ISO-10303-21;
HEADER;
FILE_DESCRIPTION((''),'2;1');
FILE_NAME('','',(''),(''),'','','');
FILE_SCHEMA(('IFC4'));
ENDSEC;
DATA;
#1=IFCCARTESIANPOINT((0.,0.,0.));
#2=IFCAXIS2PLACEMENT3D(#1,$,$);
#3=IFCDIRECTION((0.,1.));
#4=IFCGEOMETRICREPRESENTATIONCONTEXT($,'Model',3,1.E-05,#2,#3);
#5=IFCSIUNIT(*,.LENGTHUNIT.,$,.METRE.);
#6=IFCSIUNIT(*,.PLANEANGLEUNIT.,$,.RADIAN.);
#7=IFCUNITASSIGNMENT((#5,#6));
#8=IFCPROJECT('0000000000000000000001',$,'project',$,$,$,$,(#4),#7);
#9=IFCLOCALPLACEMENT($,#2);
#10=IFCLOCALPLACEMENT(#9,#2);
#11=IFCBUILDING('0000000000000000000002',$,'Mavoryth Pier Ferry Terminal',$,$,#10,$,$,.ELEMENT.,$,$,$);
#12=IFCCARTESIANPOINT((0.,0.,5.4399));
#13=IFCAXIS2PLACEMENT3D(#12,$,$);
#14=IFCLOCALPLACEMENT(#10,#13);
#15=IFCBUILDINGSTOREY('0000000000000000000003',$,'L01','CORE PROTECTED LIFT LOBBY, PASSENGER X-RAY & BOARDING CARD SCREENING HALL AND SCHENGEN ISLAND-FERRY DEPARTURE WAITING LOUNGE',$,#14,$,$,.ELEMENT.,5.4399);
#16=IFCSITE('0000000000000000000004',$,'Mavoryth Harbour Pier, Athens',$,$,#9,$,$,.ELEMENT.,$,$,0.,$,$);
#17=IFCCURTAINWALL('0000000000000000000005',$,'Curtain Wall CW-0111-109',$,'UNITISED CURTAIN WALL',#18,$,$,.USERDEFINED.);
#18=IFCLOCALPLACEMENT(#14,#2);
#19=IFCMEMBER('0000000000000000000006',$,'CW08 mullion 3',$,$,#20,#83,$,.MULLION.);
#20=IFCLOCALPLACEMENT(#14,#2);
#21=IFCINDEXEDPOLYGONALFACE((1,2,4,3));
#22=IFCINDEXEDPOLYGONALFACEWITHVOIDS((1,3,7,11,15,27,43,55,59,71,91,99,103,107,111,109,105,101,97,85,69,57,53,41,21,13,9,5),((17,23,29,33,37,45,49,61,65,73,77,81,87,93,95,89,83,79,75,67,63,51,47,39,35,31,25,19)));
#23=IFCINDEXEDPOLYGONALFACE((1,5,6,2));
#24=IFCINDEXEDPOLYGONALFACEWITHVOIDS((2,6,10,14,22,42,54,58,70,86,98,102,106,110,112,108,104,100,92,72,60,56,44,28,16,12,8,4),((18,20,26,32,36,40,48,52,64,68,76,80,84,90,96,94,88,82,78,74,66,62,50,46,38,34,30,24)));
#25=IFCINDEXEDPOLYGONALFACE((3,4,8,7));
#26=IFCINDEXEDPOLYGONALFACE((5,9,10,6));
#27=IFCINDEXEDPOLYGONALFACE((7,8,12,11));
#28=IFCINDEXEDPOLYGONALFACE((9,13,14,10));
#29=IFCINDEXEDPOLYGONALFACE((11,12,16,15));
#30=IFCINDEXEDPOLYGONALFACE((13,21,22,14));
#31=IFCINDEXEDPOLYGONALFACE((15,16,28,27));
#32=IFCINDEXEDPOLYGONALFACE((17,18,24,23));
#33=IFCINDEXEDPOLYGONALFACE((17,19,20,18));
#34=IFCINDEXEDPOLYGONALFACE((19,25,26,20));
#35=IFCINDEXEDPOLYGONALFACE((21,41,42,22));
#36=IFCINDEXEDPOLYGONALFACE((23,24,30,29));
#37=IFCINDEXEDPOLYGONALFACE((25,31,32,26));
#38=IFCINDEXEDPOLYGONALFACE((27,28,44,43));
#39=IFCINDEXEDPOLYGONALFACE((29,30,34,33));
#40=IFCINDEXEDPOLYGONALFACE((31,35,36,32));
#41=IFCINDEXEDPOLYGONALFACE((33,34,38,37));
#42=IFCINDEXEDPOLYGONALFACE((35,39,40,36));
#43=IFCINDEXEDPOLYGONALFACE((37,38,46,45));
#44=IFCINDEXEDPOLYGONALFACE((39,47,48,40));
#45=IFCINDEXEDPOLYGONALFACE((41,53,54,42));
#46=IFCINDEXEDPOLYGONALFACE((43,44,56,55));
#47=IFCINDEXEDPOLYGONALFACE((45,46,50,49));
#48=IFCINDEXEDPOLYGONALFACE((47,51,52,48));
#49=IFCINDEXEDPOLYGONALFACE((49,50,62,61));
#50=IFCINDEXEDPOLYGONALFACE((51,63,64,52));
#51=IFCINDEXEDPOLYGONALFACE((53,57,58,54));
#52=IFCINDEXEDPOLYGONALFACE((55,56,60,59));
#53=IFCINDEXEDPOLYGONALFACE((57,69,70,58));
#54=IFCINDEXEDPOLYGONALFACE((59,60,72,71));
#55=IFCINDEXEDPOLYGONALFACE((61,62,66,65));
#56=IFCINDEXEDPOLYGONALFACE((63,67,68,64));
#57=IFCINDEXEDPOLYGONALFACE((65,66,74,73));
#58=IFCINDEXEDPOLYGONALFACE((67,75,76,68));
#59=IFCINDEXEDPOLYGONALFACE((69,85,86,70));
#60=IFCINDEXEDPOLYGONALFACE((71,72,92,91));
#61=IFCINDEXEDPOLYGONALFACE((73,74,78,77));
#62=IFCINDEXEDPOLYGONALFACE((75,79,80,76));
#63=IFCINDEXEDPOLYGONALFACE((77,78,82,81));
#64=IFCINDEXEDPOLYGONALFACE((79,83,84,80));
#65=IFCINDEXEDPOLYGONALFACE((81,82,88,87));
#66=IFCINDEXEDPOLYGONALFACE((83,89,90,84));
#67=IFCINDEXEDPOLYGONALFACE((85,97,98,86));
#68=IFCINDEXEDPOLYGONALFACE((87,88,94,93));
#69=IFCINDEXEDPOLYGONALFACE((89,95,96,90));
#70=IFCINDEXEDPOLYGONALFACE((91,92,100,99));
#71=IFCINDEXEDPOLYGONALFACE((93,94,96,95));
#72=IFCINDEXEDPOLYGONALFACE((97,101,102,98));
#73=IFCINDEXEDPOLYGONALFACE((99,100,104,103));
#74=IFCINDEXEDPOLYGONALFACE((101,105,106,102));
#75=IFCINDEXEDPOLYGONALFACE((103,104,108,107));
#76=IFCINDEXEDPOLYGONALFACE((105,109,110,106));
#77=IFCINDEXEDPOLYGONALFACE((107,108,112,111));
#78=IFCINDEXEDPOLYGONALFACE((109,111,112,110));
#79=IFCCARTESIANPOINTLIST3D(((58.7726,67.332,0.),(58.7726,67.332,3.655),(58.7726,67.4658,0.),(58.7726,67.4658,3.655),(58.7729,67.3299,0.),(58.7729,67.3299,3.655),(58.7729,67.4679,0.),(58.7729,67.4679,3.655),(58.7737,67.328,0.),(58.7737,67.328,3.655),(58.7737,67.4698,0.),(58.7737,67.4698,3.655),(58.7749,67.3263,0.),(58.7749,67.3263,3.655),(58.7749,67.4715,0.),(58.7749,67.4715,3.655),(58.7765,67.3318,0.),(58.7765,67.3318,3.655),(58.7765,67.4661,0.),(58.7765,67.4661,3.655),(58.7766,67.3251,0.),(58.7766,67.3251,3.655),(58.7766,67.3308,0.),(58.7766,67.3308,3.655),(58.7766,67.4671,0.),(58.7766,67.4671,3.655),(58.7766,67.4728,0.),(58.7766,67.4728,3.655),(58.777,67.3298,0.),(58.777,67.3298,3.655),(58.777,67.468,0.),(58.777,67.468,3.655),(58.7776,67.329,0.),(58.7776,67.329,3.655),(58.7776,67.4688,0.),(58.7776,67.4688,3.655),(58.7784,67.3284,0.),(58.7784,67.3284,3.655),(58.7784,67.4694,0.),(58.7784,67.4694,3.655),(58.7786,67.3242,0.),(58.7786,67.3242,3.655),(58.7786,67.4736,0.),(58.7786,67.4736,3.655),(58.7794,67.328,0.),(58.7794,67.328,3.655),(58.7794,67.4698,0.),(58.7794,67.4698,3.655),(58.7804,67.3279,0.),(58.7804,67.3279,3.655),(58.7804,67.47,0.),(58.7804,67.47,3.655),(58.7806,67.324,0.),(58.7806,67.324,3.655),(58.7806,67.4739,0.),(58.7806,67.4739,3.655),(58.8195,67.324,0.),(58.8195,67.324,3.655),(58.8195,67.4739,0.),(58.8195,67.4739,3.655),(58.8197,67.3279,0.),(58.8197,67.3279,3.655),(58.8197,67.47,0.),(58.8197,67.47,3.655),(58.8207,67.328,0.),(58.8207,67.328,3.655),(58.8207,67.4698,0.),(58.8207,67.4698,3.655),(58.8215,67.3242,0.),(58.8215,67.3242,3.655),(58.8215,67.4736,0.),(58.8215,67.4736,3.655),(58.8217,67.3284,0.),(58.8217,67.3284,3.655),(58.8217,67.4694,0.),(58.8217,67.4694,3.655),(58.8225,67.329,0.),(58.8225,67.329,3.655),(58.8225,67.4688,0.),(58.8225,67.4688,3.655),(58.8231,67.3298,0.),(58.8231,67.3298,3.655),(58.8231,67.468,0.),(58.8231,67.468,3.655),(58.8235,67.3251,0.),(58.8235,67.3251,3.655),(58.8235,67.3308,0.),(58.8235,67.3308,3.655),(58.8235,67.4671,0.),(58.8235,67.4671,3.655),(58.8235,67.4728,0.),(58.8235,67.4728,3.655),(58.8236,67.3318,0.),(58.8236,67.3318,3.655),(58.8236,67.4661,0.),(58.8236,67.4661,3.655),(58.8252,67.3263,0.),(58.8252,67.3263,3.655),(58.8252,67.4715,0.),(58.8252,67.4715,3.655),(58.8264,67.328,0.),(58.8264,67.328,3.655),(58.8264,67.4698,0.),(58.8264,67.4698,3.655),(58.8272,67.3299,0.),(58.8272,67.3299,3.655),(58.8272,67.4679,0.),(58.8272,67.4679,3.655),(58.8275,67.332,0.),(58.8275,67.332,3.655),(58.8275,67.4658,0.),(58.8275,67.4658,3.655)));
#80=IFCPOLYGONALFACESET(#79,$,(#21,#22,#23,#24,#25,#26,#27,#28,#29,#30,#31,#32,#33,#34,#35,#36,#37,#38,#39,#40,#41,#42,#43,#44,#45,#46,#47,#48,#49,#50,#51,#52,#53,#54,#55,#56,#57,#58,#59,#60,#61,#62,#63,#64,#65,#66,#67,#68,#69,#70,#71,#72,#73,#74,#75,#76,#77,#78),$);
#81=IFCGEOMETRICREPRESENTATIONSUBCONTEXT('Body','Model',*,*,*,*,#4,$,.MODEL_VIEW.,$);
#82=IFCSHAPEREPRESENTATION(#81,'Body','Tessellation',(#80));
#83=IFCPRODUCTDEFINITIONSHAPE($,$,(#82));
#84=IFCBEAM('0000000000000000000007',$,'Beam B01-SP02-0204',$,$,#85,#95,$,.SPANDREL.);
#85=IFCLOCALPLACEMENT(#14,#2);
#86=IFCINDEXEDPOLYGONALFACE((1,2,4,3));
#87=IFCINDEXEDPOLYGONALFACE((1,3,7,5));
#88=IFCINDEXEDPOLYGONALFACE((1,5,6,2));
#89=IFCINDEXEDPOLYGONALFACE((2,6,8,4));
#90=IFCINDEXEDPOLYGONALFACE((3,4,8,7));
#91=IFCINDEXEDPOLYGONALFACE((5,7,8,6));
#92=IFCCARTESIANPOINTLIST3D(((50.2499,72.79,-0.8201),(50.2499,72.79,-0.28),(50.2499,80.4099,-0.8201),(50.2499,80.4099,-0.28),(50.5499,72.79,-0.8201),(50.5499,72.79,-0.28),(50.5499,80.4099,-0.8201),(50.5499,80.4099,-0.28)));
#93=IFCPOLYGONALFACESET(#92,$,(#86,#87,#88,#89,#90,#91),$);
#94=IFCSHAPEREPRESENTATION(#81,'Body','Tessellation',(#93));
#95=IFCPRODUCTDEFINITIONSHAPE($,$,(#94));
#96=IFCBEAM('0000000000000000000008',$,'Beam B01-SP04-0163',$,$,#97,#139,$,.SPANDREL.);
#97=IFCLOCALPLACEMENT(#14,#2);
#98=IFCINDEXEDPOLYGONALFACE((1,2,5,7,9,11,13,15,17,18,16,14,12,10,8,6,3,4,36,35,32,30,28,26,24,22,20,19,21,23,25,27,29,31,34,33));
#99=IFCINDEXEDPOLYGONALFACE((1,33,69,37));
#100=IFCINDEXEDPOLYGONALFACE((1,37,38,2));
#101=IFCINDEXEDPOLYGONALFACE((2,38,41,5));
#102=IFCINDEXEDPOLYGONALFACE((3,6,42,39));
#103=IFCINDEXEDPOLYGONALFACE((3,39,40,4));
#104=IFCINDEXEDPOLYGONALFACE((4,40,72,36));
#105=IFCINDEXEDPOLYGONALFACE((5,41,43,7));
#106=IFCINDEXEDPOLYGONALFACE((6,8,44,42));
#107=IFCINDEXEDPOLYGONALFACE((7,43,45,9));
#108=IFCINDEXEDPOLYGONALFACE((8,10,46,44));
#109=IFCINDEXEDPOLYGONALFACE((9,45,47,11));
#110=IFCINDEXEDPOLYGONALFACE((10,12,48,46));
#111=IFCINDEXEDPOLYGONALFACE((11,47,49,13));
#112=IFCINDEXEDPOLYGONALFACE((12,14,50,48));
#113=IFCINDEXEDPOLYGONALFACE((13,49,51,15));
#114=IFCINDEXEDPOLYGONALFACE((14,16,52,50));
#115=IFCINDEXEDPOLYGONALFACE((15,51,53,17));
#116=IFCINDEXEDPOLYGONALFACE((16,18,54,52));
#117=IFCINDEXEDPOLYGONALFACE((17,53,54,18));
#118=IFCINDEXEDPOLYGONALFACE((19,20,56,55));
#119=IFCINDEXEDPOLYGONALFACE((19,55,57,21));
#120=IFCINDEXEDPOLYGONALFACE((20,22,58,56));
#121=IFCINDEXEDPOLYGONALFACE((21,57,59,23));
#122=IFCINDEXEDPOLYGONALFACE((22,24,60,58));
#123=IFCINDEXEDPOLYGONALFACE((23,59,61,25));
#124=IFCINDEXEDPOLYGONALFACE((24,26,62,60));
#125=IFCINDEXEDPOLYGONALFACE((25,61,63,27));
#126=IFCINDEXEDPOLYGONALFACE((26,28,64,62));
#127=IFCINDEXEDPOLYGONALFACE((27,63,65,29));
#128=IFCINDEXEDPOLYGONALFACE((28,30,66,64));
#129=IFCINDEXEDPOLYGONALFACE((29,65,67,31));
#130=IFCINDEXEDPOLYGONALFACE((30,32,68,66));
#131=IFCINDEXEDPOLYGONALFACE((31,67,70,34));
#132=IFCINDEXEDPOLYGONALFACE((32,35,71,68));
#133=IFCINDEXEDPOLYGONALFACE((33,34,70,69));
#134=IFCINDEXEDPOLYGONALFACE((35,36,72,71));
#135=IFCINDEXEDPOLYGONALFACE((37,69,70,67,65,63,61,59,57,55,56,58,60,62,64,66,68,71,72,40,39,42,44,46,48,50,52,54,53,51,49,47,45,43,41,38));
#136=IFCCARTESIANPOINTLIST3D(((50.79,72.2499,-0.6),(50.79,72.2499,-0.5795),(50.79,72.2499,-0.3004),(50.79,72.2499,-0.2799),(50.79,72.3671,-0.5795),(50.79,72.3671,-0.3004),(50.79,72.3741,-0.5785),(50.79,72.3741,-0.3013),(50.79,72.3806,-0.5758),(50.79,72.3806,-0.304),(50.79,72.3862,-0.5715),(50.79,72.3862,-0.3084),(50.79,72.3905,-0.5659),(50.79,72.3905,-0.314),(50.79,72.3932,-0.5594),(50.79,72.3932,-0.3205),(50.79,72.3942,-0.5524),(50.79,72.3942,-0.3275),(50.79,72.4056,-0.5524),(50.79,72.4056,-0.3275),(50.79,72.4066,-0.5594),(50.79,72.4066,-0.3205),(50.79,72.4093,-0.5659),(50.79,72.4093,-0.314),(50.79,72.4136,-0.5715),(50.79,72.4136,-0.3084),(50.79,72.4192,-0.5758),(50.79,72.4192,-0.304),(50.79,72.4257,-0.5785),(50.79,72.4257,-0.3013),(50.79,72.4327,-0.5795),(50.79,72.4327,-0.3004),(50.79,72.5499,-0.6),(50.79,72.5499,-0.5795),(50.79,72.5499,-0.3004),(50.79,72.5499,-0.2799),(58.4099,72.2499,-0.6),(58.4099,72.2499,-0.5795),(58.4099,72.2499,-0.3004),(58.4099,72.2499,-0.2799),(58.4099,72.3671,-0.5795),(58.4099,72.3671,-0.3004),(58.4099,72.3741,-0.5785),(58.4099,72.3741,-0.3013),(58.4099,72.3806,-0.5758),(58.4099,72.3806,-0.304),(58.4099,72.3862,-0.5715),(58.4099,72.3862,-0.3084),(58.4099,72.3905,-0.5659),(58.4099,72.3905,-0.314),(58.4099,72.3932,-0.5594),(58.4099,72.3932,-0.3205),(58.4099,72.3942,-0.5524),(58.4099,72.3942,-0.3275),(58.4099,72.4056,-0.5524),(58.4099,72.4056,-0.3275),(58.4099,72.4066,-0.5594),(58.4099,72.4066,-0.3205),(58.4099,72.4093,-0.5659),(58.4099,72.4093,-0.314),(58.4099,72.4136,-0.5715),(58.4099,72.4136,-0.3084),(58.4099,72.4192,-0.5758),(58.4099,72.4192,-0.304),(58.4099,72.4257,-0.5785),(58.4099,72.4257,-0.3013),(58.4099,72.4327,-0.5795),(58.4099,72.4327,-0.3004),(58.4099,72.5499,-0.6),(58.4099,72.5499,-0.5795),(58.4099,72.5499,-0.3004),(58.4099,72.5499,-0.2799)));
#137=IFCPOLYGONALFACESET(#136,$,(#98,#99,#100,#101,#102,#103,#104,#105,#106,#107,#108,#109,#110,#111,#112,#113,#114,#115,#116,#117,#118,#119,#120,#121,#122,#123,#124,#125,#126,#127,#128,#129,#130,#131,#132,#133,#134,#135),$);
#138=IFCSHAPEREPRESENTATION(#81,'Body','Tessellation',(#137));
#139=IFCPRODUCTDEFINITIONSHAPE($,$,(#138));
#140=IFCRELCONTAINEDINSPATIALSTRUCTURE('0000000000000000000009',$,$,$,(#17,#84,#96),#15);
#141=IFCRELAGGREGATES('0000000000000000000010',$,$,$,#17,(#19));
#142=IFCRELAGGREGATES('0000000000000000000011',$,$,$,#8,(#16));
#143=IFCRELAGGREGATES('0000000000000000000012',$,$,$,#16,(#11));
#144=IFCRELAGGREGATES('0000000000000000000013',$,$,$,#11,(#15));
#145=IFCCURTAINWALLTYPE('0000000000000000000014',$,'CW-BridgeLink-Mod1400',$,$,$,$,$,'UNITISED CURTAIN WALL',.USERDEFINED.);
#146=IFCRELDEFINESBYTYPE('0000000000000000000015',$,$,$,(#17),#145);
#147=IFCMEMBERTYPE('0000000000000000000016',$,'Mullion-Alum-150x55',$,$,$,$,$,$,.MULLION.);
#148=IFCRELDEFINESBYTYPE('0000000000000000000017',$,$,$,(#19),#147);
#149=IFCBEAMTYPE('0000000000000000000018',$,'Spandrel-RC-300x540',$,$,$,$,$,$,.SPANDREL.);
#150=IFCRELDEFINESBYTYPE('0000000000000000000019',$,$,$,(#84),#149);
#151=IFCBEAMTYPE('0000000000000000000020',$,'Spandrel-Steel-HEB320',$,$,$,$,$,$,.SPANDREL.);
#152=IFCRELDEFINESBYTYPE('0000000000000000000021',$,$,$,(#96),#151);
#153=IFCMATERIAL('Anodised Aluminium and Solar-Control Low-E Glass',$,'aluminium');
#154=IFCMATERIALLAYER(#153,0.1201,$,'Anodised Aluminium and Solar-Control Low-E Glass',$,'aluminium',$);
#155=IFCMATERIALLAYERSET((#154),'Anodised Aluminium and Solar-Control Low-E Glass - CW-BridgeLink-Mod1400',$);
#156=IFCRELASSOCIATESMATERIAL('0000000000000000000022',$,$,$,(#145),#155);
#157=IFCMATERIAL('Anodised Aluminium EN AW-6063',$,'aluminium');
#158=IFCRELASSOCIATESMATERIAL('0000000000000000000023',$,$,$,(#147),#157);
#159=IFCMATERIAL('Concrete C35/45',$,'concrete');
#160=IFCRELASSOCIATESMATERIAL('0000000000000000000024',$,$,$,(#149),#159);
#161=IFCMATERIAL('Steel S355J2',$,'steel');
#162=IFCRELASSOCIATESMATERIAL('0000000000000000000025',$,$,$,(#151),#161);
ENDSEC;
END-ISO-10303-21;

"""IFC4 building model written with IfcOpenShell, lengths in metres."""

from ifc_helpers import new_model, si_unit, direction, frame, origin, origin_2d, place, context, subcontext, project, spatial, rectangle, hollow_rectangle, i_section, extrude, material, layer, layer_set, material_profile, profile_set, type_object, element, aggregate, save


model = new_model("IFC4")

# Units and contexts
model_context = context("Model", 3, precision=1e-05, world=origin(), true_north=direction((0.0, 1.0)))
body_context = subcontext(model_context, "Body", "Model", "MODEL_VIEW")
ifc_project = project(units=[si_unit("LENGTHUNIT", "METRE"), si_unit("PLANEANGLEUNIT", "RADIAN")], contexts=[model_context])

# Site, building, storey
site_placement = place(None, origin())
site = spatial("IfcSite", under=ifc_project, at=site_placement, Name="Mavoryth Harbour Pier, Athens", CompositionType="ELEMENT", RefElevation=0.0)
building_placement = place(site_placement, origin())
building = spatial("IfcBuilding", under=site, at=building_placement, Name="Mavoryth Pier Ferry Terminal", CompositionType="ELEMENT")
storey_placement = place(building_placement, frame((0.0, 0.0, 5.4399)))
storey = spatial("IfcBuildingStorey", under=building, at=storey_placement, Name="L01", Description="CORE PROTECTED LIFT LOBBY, PASSENGER X-RAY & BOARDING CARD SCREENING HALL AND SCHENGEN ISLAND-FERRY DEPARTURE WAITING LOUNGE", CompositionType="ELEMENT", Elevation=5.4399)

# Shared definitions
ifc_material_1 = material(Name="Anodised Aluminium and Solar-Control Low-E Glass", Category="aluminium")
ifc_layer_1 = layer(ifc_material_1, 0.1201, Name="Anodised Aluminium and Solar-Control Low-E Glass", Category="aluminium")
ifc_layer_set_1 = layer_set([ifc_layer_1], Name="Anodised Aluminium and Solar-Control Low-E Glass - CW-BridgeLink-Mod1400")
curtain_wall_type = type_object("IfcCurtainWallType", Name="CW-BridgeLink-Mod1400", ElementType="UNITISED CURTAIN WALL", PredefinedType="USERDEFINED", material=ifc_layer_set_1)
ifc_material_2 = material(Name="Anodised Aluminium EN AW-6063", Category="aluminium")
ifc_material_profile_1 = material_profile(ifc_material_2, hollow_rectangle(XDim=0.0549, YDim=0.1499, WallThickness=0.0039, InnerFilletRadius=0.0039, OuterFilletRadius=0.0081, at=origin_2d()), Name="AL-MULL 150x55x4", Category="aluminium")
ifc_profile_set_1 = profile_set([ifc_material_profile_1], Name="Anodised Aluminium EN AW-6063 - AL-MULL 150x55x4")
member_type_1 = type_object("IfcMemberType", Name="Mullion-Alum-150x55", PredefinedType="MULLION", material=ifc_profile_set_1)

# Curtain wall, member
curtain_wall_1_placement = place(storey_placement, origin())
curtain_wall_1 = element("IfcCurtainWall", 1, at=curtain_wall_1_placement, inside=storey, type_object=curtain_wall_type, Name="Curtain Wall CW-0111-109", ObjectType="UNITISED CURTAIN WALL", PredefinedType="USERDEFINED")
member_1_placement = place(storey_placement, frame((58.8, 67.3989, 0.0), z_axis=(0.0, 0.0, 1.0), x_axis=(-1.0, 0.0, 0.0)))
member_1 = element("IfcMember", 2, at=member_1_placement, type_object=member_type_1, Name="CW08 mullion 3", PredefinedType="MULLION", context=body_context, shape_type="SweptSolid", body=[
    extrude(hollow_rectangle(XDim=0.0549, YDim=0.1499, WallThickness=0.0039, InnerFilletRadius=0.0039, OuterFilletRadius=0.0081, at=origin_2d()), origin(), (0.0, 0.0, 1.0), 3.655),
])

# Beams
ifc_material_3 = material(Name="Concrete C35/45", Category="concrete")
ifc_material_profile_2 = material_profile(ifc_material_3, rectangle(XDim=0.3, YDim=0.54, at=origin_2d()), Name="RC 300x540", Category="concrete")
ifc_profile_set_2 = profile_set([ifc_material_profile_2], Name="Concrete C35/45 - RC 300x540")
beam_type_1 = type_object("IfcBeamType", Name="Spandrel-RC-300x540", PredefinedType="SPANDREL", material=ifc_profile_set_2)
beam_1_placement = place(storey_placement, frame((50.3999, 72.79, -0.55), z_axis=(0.0, 1.0, 0.0), x_axis=(-1.0, 0.0, 0.0)))
element("IfcBeam", 3, at=beam_1_placement, inside=storey, type_object=beam_type_1, Name="Beam B01-SP02-0204", PredefinedType="SPANDREL", context=body_context, shape_type="SweptSolid", body=[
    extrude(rectangle(XDim=0.3, YDim=0.54, at=origin_2d()), origin(), (0.0, 0.0, 1.0), 7.6199),
])
ifc_material_4 = material(Name="Steel S355J2", Category="steel")
ifc_material_profile_3 = material_profile(ifc_material_4, i_section(OverallWidth=0.3, OverallDepth=0.3201, WebThickness=0.0115, FlangeThickness=0.0205, FilletRadius=0.0271, at=origin_2d()), Name="HEB 320", Category="steel")
ifc_profile_set_3 = profile_set([ifc_material_profile_3], Name="Steel S355J2 - HEB 320")
beam_type_2 = type_object("IfcBeamType", Name="Spandrel-Steel-HEB320", PredefinedType="SPANDREL", material=ifc_profile_set_3)
beam_2_placement = place(storey_placement, frame((50.79, 72.3999, -0.4399), z_axis=(1.0, 0.0, 0.0), x_axis=(0.0, 1.0, 0.0)))
element("IfcBeam", 4, at=beam_2_placement, inside=storey, type_object=beam_type_2, Name="Beam B01-SP04-0163", PredefinedType="SPANDREL", context=body_context, shape_type="SweptSolid", body=[
    extrude(i_section(OverallWidth=0.3, OverallDepth=0.3201, WebThickness=0.0115, FlangeThickness=0.0205, FilletRadius=0.0271, at=origin_2d()), origin(), (0.0, 0.0, 1.0), 7.6199),
])

aggregate(curtain_wall_1, [member_1])

save(model, "model.ifc")
